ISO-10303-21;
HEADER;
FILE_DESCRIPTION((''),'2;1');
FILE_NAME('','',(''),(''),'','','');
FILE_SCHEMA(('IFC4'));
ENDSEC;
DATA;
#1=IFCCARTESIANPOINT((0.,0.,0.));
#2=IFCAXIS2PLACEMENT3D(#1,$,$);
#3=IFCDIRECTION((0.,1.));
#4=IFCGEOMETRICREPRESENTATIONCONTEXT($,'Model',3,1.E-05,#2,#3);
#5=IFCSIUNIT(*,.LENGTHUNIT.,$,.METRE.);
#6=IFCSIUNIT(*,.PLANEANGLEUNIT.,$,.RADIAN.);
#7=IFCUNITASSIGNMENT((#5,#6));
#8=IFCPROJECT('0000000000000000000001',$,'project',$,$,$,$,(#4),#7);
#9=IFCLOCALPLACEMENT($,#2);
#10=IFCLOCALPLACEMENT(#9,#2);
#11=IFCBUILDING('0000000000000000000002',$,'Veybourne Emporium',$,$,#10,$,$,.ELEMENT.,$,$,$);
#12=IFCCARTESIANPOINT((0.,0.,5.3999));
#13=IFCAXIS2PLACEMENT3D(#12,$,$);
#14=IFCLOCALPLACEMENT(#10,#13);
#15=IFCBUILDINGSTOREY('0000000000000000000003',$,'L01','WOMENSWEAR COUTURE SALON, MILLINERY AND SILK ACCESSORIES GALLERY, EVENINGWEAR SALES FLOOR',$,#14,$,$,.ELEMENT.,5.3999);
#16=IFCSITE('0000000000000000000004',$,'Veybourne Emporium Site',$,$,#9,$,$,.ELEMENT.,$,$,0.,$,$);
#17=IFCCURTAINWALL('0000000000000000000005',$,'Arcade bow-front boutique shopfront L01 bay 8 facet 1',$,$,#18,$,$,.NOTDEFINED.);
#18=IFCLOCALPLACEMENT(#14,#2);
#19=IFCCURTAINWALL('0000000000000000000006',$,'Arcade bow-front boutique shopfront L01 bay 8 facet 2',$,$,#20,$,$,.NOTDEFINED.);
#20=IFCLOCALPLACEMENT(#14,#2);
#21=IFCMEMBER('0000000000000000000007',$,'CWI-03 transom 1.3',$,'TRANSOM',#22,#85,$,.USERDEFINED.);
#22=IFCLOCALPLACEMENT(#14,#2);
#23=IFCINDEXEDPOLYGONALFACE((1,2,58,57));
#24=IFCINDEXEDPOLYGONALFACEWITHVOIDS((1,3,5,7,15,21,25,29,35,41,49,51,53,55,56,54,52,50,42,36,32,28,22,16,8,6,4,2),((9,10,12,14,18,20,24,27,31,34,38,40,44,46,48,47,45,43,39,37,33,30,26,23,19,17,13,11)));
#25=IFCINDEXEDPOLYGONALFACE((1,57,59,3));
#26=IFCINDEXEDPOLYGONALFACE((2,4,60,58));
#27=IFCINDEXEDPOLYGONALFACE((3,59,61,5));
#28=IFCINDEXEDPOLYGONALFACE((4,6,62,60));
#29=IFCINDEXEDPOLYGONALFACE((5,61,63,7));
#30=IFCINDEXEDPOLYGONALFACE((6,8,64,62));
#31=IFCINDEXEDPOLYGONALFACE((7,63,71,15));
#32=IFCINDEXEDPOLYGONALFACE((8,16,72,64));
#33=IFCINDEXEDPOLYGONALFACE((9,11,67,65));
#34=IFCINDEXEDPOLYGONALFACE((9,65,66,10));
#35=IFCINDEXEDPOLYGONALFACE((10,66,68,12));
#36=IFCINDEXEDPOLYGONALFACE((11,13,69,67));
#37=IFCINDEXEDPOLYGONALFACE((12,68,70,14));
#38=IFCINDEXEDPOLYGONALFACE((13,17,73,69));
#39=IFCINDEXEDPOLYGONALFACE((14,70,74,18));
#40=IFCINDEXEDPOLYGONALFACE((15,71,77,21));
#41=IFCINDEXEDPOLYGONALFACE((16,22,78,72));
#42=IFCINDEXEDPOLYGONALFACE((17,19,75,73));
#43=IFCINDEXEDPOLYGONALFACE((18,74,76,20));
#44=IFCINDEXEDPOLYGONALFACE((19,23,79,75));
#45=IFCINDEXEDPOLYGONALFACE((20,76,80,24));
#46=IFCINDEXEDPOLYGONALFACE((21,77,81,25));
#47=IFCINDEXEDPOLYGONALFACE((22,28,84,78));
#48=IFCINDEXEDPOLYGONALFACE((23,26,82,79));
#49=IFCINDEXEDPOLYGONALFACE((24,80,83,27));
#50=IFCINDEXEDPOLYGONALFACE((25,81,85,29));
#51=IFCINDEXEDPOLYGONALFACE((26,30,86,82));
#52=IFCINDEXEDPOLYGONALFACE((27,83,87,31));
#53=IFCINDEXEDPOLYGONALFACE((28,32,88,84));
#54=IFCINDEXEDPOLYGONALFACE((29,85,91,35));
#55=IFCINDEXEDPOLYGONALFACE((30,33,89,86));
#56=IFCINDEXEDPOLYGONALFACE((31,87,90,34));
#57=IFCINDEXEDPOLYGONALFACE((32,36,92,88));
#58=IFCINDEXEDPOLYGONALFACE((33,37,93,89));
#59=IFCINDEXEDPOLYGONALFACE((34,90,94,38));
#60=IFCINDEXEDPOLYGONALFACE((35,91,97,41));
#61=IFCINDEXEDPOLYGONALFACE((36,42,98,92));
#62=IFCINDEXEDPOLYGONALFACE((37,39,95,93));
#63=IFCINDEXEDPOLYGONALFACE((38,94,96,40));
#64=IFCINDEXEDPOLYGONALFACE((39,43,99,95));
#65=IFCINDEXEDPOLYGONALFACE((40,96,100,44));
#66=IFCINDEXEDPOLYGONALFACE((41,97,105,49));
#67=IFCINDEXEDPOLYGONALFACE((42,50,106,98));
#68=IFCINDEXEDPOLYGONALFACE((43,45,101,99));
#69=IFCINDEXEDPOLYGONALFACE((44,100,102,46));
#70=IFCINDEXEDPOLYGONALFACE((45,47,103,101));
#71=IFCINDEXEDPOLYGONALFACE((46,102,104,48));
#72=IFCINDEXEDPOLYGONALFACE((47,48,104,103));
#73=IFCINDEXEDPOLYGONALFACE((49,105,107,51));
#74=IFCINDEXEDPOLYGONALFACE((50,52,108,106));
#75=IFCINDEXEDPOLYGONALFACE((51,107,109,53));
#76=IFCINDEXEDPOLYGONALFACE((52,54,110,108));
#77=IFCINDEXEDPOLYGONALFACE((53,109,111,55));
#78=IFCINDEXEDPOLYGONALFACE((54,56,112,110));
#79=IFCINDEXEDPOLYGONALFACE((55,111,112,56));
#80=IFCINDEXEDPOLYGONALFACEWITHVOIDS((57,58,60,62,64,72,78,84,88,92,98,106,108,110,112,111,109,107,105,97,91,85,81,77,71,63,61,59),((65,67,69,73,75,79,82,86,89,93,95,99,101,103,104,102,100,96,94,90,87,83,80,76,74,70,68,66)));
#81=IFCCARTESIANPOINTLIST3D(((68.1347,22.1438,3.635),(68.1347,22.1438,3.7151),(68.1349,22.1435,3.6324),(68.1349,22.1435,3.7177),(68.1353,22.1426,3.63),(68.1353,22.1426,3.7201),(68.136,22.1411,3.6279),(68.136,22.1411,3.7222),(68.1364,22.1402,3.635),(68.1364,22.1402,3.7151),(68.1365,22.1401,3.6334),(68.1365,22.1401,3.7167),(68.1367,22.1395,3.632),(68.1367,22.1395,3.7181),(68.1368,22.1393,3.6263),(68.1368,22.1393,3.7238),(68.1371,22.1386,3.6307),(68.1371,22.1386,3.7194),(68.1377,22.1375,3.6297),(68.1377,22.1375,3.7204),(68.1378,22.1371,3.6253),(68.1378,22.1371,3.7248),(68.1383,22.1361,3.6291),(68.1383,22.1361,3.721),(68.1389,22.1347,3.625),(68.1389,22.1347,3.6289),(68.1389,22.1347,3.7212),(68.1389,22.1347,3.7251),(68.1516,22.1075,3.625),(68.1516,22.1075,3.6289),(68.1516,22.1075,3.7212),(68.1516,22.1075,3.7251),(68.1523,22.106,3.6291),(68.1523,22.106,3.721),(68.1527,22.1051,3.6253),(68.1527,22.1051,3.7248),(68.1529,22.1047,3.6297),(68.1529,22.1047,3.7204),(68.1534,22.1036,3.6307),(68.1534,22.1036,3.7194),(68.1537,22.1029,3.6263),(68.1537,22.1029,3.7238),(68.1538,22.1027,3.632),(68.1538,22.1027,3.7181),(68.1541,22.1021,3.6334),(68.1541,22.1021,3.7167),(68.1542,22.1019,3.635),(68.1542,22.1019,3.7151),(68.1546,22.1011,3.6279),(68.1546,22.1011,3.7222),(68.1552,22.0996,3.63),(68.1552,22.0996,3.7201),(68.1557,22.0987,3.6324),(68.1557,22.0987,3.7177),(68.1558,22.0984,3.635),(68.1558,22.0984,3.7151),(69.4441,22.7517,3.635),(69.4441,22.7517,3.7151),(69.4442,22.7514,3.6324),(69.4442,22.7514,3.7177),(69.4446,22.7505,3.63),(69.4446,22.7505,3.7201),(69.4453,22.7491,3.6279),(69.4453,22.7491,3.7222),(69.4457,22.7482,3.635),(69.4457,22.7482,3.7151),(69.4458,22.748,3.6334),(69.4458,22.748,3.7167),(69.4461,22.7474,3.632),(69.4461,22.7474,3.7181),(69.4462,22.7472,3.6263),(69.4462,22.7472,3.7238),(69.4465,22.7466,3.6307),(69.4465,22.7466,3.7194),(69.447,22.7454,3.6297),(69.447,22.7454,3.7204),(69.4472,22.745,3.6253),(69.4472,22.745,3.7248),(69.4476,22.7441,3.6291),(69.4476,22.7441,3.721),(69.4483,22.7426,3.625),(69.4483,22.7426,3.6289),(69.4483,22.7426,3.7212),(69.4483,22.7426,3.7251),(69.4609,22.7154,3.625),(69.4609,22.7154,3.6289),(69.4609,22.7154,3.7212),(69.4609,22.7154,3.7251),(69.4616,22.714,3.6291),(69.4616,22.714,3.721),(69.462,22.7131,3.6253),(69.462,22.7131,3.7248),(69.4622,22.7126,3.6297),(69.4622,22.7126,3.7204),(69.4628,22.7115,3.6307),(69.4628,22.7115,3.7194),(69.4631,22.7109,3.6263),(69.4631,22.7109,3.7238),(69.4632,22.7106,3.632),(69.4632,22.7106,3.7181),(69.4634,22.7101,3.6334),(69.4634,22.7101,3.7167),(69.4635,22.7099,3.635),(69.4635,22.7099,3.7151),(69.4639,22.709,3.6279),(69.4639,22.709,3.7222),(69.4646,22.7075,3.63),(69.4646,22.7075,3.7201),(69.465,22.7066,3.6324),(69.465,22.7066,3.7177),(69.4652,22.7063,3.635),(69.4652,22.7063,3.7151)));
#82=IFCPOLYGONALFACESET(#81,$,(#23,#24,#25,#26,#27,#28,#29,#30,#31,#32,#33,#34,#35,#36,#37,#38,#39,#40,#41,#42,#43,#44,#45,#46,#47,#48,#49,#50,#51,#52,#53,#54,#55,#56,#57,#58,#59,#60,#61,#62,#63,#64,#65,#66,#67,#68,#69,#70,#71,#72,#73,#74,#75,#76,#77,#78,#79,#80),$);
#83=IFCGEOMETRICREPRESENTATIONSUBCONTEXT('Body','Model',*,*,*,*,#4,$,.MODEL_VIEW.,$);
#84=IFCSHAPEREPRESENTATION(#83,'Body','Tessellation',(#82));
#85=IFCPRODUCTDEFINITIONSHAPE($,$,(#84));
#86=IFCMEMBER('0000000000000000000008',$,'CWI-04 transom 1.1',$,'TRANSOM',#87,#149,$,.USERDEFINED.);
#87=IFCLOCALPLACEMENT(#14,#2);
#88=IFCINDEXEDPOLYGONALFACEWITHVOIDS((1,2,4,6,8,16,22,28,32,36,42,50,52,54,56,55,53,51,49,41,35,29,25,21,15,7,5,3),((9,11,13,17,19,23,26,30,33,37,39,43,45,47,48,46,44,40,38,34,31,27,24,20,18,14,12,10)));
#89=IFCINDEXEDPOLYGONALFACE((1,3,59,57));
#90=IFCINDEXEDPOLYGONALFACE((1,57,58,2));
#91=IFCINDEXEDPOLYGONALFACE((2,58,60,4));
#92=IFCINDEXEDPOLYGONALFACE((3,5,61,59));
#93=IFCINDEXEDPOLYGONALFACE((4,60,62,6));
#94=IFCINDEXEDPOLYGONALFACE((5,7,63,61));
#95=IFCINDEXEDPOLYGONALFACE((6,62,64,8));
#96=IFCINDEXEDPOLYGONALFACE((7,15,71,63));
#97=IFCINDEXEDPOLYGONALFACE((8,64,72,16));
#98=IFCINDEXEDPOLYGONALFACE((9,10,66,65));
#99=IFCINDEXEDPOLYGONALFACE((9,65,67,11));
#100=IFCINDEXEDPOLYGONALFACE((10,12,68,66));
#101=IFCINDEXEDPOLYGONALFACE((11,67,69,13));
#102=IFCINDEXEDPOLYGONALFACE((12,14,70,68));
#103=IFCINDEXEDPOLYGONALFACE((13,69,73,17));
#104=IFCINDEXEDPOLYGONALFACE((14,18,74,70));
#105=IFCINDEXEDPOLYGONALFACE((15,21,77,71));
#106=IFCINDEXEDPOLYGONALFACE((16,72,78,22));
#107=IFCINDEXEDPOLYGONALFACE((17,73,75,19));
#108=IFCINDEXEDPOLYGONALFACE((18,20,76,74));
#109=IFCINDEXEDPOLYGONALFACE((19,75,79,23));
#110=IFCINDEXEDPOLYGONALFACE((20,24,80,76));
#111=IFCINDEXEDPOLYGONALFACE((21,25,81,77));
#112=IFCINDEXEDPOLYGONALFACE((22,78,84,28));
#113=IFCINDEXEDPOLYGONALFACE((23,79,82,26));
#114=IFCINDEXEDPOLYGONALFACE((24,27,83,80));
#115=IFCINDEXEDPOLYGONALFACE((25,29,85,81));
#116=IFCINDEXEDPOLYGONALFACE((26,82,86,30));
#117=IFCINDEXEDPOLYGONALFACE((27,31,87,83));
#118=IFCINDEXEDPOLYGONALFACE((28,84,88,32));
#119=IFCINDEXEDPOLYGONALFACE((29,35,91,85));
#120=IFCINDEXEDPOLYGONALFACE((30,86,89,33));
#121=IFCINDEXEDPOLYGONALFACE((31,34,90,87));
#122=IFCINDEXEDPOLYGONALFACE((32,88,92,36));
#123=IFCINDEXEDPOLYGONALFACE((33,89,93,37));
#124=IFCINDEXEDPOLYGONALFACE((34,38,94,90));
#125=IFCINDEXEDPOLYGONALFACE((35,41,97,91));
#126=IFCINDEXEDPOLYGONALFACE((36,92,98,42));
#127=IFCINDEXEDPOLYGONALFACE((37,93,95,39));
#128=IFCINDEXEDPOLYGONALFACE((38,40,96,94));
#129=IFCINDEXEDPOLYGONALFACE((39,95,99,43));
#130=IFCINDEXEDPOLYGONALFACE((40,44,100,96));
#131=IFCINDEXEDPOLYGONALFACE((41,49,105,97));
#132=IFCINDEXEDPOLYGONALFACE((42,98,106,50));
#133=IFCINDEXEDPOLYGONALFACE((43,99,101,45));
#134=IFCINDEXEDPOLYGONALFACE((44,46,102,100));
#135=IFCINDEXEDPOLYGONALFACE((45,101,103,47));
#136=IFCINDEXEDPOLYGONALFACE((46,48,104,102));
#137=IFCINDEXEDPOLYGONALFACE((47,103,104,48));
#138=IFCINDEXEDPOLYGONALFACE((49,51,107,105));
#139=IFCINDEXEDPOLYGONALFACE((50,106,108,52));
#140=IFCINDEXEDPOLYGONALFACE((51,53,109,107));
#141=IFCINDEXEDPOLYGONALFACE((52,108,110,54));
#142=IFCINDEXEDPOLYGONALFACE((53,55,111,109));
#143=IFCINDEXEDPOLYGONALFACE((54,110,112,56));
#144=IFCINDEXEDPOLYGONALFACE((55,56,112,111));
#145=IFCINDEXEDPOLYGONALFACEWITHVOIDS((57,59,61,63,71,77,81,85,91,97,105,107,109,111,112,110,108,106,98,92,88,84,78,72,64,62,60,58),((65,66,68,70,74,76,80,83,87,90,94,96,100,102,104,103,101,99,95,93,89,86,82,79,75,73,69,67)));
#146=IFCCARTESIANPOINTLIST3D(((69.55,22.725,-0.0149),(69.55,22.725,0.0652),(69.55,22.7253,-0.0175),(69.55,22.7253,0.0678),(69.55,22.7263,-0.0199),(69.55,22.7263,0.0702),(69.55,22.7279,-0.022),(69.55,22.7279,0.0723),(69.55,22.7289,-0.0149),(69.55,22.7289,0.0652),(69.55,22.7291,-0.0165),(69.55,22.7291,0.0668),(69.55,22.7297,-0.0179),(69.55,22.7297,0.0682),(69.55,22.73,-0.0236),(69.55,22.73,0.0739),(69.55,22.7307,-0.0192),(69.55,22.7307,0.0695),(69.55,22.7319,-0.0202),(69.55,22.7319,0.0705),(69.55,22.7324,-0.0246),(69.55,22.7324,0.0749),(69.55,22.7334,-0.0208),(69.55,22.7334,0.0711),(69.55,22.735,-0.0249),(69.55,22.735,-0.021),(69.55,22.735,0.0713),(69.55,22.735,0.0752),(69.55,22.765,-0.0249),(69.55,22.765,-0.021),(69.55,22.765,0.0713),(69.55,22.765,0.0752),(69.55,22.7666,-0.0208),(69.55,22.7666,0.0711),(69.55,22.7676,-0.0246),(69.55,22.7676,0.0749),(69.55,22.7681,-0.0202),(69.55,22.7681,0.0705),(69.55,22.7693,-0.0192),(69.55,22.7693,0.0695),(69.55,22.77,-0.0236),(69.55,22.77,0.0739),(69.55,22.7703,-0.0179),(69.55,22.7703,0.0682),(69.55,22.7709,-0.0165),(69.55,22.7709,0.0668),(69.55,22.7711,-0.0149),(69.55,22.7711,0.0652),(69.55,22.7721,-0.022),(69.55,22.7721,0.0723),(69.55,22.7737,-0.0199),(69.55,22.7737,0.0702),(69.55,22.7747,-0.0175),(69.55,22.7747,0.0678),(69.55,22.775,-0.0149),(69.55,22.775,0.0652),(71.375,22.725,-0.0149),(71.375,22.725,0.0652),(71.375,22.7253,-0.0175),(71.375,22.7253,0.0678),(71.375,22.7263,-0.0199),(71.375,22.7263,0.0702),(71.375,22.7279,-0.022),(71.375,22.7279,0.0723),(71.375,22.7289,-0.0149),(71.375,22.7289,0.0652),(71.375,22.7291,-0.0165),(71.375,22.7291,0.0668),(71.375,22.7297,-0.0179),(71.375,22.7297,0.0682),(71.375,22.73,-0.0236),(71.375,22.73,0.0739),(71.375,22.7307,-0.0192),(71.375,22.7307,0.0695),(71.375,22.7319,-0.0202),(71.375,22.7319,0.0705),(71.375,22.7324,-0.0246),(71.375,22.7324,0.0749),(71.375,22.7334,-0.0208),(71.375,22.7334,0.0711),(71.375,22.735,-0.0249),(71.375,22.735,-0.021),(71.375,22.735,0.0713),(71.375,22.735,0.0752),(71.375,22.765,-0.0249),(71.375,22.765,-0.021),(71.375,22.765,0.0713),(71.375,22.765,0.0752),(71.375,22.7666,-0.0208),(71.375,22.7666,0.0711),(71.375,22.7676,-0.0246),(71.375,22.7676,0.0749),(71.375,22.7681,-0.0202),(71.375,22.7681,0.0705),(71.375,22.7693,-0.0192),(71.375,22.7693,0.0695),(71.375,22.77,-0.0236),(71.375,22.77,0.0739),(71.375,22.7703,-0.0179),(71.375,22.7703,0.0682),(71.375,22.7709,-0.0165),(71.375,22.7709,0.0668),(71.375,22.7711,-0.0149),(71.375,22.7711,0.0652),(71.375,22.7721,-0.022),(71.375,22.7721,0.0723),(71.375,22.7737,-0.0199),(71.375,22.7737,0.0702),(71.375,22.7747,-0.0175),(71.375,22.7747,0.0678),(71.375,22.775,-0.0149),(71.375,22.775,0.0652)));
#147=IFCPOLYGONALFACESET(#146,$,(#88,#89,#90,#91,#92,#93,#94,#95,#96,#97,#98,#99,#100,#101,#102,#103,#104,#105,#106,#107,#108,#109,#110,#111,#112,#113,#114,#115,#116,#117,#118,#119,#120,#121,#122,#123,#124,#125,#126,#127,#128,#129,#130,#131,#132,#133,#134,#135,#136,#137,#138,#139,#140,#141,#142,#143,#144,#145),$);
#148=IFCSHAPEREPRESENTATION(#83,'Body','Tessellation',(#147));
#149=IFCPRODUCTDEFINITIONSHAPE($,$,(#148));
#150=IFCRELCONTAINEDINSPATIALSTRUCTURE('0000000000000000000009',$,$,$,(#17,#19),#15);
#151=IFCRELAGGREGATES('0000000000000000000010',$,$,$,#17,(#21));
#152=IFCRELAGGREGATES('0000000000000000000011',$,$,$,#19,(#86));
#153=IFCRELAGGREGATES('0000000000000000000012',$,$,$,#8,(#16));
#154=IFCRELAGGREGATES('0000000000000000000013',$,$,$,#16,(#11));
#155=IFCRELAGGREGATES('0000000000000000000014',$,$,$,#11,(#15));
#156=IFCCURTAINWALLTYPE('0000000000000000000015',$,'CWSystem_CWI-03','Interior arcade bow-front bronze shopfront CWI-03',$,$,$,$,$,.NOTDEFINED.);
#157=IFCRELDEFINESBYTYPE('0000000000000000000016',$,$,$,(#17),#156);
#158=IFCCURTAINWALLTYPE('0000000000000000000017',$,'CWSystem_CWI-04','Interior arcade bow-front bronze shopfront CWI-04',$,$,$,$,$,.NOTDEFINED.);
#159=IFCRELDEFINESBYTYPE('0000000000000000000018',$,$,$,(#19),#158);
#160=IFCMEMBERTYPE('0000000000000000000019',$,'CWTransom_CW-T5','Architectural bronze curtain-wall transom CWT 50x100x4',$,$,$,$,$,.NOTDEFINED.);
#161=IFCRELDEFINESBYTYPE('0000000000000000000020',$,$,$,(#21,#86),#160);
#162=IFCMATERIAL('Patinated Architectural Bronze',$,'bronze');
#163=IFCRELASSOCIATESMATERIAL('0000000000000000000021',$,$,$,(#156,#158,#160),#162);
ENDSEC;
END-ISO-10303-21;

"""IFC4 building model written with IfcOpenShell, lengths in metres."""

from ifc_helpers import new_model, si_unit, direction, frame, origin, origin_2d, place, context, subcontext, project, spatial, hollow_rectangle, extrude, material, material_profile, profile_set, type_object, element, aggregate, save


model = new_model("IFC4")

# Units and contexts
model_context = context("Model", 3, precision=1e-05, world=origin(), true_north=direction((0.0, 1.0)))
body_context = subcontext(model_context, "Body", "Model", "MODEL_VIEW")
ifc_project = project(units=[si_unit("LENGTHUNIT", "METRE"), si_unit("PLANEANGLEUNIT", "RADIAN")], contexts=[model_context])

# Site, building, storey
site_placement = place(None, origin())
site = spatial("IfcSite", under=ifc_project, at=site_placement, Name="Veybourne Emporium Site", CompositionType="ELEMENT", RefElevation=0.0)
building_placement = place(site_placement, origin())
building = spatial("IfcBuilding", under=site, at=building_placement, Name="Veybourne Emporium", CompositionType="ELEMENT")
storey_placement = place(building_placement, frame((0.0, 0.0, 5.3999)))
storey = spatial("IfcBuildingStorey", under=building, at=storey_placement, Name="L01", Description="WOMENSWEAR COUTURE SALON, MILLINERY AND SILK ACCESSORIES GALLERY, EVENINGWEAR SALES FLOOR", CompositionType="ELEMENT", Elevation=5.3999)

# Curtain wall
ifc_material_1 = material(Name="Patinated Architectural Bronze", Category="bronze")
curtain_wall_type_1 = type_object("IfcCurtainWallType", Name="CWSystem_CWI-03", Description="Interior arcade bow-front bronze shopfront CWI-03", PredefinedType="NOTDEFINED", material=ifc_material_1)
curtain_wall_1_placement = place(storey_placement, origin())
curtain_wall_1 = element("IfcCurtainWall", 1, at=curtain_wall_1_placement, inside=storey, type_object=curtain_wall_type_1, Name="Arcade bow-front boutique shopfront L01 bay 8 facet 1", PredefinedType="NOTDEFINED")

# Curtain wall
curtain_wall_type_2 = type_object("IfcCurtainWallType", Name="CWSystem_CWI-04", Description="Interior arcade bow-front bronze shopfront CWI-04", PredefinedType="NOTDEFINED", material=ifc_material_1)
curtain_wall_2_placement = place(storey_placement, origin())
curtain_wall_2 = element("IfcCurtainWall", 2, at=curtain_wall_2_placement, inside=storey, type_object=curtain_wall_type_2, Name="Arcade bow-front boutique shopfront L01 bay 8 facet 2", PredefinedType="NOTDEFINED")

# Members
ifc_material_profile_1 = material_profile(ifc_material_1, hollow_rectangle(XDim=0.05, YDim=0.1001, WallThickness=0.0039, InnerFilletRadius=0.0061, OuterFilletRadius=0.01, at=origin_2d()), Name="CWT 50x100x4")
ifc_profile_set_1 = profile_set([ifc_material_profile_1], Name="Patinated Architectural Bronze")
member_type_1 = type_object("IfcMemberType", Name="CWTransom_CW-T5", Description="Architectural bronze curtain-wall transom CWT 50x100x4", PredefinedType="NOTDEFINED", material=ifc_profile_set_1)
member_1_placement = place(storey_placement, frame((68.1453, 22.1211, 3.675), z_axis=(0.907007, 0.421116, 0.0), x_axis=(-0.421116, 0.907007, 0.0)))
member_1 = element("IfcMember", 3, at=member_1_placement, type_object=member_type_1, Name="CWI-03 transom 1.3", ObjectType="TRANSOM", PredefinedType="USERDEFINED", context=body_context, shape_type="SweptSolid", body=[
    extrude(hollow_rectangle(XDim=0.05, YDim=0.1001, WallThickness=0.0039, InnerFilletRadius=0.0061, OuterFilletRadius=0.01, at=origin_2d()), origin(), (0.0, 0.0, 1.0), 1.4436),
])
member_2_placement = place(storey_placement, frame((69.55, 22.75, 0.0251), z_axis=(1.0, 0.0, 0.0), x_axis=(0.0, 1.0, 0.0)))
member_2 = element("IfcMember", 4, at=member_2_placement, type_object=member_type_1, Name="CWI-04 transom 1.1", ObjectType="TRANSOM", PredefinedType="USERDEFINED", context=body_context, shape_type="SweptSolid", body=[
    extrude(hollow_rectangle(XDim=0.05, YDim=0.1001, WallThickness=0.0039, InnerFilletRadius=0.0061, OuterFilletRadius=0.01, at=origin_2d()), origin(), (0.0, 0.0, 1.0), 1.825),
])

aggregate(curtain_wall_1, [member_1])
aggregate(curtain_wall_2, [member_2])

save(model, "model.ifc")
